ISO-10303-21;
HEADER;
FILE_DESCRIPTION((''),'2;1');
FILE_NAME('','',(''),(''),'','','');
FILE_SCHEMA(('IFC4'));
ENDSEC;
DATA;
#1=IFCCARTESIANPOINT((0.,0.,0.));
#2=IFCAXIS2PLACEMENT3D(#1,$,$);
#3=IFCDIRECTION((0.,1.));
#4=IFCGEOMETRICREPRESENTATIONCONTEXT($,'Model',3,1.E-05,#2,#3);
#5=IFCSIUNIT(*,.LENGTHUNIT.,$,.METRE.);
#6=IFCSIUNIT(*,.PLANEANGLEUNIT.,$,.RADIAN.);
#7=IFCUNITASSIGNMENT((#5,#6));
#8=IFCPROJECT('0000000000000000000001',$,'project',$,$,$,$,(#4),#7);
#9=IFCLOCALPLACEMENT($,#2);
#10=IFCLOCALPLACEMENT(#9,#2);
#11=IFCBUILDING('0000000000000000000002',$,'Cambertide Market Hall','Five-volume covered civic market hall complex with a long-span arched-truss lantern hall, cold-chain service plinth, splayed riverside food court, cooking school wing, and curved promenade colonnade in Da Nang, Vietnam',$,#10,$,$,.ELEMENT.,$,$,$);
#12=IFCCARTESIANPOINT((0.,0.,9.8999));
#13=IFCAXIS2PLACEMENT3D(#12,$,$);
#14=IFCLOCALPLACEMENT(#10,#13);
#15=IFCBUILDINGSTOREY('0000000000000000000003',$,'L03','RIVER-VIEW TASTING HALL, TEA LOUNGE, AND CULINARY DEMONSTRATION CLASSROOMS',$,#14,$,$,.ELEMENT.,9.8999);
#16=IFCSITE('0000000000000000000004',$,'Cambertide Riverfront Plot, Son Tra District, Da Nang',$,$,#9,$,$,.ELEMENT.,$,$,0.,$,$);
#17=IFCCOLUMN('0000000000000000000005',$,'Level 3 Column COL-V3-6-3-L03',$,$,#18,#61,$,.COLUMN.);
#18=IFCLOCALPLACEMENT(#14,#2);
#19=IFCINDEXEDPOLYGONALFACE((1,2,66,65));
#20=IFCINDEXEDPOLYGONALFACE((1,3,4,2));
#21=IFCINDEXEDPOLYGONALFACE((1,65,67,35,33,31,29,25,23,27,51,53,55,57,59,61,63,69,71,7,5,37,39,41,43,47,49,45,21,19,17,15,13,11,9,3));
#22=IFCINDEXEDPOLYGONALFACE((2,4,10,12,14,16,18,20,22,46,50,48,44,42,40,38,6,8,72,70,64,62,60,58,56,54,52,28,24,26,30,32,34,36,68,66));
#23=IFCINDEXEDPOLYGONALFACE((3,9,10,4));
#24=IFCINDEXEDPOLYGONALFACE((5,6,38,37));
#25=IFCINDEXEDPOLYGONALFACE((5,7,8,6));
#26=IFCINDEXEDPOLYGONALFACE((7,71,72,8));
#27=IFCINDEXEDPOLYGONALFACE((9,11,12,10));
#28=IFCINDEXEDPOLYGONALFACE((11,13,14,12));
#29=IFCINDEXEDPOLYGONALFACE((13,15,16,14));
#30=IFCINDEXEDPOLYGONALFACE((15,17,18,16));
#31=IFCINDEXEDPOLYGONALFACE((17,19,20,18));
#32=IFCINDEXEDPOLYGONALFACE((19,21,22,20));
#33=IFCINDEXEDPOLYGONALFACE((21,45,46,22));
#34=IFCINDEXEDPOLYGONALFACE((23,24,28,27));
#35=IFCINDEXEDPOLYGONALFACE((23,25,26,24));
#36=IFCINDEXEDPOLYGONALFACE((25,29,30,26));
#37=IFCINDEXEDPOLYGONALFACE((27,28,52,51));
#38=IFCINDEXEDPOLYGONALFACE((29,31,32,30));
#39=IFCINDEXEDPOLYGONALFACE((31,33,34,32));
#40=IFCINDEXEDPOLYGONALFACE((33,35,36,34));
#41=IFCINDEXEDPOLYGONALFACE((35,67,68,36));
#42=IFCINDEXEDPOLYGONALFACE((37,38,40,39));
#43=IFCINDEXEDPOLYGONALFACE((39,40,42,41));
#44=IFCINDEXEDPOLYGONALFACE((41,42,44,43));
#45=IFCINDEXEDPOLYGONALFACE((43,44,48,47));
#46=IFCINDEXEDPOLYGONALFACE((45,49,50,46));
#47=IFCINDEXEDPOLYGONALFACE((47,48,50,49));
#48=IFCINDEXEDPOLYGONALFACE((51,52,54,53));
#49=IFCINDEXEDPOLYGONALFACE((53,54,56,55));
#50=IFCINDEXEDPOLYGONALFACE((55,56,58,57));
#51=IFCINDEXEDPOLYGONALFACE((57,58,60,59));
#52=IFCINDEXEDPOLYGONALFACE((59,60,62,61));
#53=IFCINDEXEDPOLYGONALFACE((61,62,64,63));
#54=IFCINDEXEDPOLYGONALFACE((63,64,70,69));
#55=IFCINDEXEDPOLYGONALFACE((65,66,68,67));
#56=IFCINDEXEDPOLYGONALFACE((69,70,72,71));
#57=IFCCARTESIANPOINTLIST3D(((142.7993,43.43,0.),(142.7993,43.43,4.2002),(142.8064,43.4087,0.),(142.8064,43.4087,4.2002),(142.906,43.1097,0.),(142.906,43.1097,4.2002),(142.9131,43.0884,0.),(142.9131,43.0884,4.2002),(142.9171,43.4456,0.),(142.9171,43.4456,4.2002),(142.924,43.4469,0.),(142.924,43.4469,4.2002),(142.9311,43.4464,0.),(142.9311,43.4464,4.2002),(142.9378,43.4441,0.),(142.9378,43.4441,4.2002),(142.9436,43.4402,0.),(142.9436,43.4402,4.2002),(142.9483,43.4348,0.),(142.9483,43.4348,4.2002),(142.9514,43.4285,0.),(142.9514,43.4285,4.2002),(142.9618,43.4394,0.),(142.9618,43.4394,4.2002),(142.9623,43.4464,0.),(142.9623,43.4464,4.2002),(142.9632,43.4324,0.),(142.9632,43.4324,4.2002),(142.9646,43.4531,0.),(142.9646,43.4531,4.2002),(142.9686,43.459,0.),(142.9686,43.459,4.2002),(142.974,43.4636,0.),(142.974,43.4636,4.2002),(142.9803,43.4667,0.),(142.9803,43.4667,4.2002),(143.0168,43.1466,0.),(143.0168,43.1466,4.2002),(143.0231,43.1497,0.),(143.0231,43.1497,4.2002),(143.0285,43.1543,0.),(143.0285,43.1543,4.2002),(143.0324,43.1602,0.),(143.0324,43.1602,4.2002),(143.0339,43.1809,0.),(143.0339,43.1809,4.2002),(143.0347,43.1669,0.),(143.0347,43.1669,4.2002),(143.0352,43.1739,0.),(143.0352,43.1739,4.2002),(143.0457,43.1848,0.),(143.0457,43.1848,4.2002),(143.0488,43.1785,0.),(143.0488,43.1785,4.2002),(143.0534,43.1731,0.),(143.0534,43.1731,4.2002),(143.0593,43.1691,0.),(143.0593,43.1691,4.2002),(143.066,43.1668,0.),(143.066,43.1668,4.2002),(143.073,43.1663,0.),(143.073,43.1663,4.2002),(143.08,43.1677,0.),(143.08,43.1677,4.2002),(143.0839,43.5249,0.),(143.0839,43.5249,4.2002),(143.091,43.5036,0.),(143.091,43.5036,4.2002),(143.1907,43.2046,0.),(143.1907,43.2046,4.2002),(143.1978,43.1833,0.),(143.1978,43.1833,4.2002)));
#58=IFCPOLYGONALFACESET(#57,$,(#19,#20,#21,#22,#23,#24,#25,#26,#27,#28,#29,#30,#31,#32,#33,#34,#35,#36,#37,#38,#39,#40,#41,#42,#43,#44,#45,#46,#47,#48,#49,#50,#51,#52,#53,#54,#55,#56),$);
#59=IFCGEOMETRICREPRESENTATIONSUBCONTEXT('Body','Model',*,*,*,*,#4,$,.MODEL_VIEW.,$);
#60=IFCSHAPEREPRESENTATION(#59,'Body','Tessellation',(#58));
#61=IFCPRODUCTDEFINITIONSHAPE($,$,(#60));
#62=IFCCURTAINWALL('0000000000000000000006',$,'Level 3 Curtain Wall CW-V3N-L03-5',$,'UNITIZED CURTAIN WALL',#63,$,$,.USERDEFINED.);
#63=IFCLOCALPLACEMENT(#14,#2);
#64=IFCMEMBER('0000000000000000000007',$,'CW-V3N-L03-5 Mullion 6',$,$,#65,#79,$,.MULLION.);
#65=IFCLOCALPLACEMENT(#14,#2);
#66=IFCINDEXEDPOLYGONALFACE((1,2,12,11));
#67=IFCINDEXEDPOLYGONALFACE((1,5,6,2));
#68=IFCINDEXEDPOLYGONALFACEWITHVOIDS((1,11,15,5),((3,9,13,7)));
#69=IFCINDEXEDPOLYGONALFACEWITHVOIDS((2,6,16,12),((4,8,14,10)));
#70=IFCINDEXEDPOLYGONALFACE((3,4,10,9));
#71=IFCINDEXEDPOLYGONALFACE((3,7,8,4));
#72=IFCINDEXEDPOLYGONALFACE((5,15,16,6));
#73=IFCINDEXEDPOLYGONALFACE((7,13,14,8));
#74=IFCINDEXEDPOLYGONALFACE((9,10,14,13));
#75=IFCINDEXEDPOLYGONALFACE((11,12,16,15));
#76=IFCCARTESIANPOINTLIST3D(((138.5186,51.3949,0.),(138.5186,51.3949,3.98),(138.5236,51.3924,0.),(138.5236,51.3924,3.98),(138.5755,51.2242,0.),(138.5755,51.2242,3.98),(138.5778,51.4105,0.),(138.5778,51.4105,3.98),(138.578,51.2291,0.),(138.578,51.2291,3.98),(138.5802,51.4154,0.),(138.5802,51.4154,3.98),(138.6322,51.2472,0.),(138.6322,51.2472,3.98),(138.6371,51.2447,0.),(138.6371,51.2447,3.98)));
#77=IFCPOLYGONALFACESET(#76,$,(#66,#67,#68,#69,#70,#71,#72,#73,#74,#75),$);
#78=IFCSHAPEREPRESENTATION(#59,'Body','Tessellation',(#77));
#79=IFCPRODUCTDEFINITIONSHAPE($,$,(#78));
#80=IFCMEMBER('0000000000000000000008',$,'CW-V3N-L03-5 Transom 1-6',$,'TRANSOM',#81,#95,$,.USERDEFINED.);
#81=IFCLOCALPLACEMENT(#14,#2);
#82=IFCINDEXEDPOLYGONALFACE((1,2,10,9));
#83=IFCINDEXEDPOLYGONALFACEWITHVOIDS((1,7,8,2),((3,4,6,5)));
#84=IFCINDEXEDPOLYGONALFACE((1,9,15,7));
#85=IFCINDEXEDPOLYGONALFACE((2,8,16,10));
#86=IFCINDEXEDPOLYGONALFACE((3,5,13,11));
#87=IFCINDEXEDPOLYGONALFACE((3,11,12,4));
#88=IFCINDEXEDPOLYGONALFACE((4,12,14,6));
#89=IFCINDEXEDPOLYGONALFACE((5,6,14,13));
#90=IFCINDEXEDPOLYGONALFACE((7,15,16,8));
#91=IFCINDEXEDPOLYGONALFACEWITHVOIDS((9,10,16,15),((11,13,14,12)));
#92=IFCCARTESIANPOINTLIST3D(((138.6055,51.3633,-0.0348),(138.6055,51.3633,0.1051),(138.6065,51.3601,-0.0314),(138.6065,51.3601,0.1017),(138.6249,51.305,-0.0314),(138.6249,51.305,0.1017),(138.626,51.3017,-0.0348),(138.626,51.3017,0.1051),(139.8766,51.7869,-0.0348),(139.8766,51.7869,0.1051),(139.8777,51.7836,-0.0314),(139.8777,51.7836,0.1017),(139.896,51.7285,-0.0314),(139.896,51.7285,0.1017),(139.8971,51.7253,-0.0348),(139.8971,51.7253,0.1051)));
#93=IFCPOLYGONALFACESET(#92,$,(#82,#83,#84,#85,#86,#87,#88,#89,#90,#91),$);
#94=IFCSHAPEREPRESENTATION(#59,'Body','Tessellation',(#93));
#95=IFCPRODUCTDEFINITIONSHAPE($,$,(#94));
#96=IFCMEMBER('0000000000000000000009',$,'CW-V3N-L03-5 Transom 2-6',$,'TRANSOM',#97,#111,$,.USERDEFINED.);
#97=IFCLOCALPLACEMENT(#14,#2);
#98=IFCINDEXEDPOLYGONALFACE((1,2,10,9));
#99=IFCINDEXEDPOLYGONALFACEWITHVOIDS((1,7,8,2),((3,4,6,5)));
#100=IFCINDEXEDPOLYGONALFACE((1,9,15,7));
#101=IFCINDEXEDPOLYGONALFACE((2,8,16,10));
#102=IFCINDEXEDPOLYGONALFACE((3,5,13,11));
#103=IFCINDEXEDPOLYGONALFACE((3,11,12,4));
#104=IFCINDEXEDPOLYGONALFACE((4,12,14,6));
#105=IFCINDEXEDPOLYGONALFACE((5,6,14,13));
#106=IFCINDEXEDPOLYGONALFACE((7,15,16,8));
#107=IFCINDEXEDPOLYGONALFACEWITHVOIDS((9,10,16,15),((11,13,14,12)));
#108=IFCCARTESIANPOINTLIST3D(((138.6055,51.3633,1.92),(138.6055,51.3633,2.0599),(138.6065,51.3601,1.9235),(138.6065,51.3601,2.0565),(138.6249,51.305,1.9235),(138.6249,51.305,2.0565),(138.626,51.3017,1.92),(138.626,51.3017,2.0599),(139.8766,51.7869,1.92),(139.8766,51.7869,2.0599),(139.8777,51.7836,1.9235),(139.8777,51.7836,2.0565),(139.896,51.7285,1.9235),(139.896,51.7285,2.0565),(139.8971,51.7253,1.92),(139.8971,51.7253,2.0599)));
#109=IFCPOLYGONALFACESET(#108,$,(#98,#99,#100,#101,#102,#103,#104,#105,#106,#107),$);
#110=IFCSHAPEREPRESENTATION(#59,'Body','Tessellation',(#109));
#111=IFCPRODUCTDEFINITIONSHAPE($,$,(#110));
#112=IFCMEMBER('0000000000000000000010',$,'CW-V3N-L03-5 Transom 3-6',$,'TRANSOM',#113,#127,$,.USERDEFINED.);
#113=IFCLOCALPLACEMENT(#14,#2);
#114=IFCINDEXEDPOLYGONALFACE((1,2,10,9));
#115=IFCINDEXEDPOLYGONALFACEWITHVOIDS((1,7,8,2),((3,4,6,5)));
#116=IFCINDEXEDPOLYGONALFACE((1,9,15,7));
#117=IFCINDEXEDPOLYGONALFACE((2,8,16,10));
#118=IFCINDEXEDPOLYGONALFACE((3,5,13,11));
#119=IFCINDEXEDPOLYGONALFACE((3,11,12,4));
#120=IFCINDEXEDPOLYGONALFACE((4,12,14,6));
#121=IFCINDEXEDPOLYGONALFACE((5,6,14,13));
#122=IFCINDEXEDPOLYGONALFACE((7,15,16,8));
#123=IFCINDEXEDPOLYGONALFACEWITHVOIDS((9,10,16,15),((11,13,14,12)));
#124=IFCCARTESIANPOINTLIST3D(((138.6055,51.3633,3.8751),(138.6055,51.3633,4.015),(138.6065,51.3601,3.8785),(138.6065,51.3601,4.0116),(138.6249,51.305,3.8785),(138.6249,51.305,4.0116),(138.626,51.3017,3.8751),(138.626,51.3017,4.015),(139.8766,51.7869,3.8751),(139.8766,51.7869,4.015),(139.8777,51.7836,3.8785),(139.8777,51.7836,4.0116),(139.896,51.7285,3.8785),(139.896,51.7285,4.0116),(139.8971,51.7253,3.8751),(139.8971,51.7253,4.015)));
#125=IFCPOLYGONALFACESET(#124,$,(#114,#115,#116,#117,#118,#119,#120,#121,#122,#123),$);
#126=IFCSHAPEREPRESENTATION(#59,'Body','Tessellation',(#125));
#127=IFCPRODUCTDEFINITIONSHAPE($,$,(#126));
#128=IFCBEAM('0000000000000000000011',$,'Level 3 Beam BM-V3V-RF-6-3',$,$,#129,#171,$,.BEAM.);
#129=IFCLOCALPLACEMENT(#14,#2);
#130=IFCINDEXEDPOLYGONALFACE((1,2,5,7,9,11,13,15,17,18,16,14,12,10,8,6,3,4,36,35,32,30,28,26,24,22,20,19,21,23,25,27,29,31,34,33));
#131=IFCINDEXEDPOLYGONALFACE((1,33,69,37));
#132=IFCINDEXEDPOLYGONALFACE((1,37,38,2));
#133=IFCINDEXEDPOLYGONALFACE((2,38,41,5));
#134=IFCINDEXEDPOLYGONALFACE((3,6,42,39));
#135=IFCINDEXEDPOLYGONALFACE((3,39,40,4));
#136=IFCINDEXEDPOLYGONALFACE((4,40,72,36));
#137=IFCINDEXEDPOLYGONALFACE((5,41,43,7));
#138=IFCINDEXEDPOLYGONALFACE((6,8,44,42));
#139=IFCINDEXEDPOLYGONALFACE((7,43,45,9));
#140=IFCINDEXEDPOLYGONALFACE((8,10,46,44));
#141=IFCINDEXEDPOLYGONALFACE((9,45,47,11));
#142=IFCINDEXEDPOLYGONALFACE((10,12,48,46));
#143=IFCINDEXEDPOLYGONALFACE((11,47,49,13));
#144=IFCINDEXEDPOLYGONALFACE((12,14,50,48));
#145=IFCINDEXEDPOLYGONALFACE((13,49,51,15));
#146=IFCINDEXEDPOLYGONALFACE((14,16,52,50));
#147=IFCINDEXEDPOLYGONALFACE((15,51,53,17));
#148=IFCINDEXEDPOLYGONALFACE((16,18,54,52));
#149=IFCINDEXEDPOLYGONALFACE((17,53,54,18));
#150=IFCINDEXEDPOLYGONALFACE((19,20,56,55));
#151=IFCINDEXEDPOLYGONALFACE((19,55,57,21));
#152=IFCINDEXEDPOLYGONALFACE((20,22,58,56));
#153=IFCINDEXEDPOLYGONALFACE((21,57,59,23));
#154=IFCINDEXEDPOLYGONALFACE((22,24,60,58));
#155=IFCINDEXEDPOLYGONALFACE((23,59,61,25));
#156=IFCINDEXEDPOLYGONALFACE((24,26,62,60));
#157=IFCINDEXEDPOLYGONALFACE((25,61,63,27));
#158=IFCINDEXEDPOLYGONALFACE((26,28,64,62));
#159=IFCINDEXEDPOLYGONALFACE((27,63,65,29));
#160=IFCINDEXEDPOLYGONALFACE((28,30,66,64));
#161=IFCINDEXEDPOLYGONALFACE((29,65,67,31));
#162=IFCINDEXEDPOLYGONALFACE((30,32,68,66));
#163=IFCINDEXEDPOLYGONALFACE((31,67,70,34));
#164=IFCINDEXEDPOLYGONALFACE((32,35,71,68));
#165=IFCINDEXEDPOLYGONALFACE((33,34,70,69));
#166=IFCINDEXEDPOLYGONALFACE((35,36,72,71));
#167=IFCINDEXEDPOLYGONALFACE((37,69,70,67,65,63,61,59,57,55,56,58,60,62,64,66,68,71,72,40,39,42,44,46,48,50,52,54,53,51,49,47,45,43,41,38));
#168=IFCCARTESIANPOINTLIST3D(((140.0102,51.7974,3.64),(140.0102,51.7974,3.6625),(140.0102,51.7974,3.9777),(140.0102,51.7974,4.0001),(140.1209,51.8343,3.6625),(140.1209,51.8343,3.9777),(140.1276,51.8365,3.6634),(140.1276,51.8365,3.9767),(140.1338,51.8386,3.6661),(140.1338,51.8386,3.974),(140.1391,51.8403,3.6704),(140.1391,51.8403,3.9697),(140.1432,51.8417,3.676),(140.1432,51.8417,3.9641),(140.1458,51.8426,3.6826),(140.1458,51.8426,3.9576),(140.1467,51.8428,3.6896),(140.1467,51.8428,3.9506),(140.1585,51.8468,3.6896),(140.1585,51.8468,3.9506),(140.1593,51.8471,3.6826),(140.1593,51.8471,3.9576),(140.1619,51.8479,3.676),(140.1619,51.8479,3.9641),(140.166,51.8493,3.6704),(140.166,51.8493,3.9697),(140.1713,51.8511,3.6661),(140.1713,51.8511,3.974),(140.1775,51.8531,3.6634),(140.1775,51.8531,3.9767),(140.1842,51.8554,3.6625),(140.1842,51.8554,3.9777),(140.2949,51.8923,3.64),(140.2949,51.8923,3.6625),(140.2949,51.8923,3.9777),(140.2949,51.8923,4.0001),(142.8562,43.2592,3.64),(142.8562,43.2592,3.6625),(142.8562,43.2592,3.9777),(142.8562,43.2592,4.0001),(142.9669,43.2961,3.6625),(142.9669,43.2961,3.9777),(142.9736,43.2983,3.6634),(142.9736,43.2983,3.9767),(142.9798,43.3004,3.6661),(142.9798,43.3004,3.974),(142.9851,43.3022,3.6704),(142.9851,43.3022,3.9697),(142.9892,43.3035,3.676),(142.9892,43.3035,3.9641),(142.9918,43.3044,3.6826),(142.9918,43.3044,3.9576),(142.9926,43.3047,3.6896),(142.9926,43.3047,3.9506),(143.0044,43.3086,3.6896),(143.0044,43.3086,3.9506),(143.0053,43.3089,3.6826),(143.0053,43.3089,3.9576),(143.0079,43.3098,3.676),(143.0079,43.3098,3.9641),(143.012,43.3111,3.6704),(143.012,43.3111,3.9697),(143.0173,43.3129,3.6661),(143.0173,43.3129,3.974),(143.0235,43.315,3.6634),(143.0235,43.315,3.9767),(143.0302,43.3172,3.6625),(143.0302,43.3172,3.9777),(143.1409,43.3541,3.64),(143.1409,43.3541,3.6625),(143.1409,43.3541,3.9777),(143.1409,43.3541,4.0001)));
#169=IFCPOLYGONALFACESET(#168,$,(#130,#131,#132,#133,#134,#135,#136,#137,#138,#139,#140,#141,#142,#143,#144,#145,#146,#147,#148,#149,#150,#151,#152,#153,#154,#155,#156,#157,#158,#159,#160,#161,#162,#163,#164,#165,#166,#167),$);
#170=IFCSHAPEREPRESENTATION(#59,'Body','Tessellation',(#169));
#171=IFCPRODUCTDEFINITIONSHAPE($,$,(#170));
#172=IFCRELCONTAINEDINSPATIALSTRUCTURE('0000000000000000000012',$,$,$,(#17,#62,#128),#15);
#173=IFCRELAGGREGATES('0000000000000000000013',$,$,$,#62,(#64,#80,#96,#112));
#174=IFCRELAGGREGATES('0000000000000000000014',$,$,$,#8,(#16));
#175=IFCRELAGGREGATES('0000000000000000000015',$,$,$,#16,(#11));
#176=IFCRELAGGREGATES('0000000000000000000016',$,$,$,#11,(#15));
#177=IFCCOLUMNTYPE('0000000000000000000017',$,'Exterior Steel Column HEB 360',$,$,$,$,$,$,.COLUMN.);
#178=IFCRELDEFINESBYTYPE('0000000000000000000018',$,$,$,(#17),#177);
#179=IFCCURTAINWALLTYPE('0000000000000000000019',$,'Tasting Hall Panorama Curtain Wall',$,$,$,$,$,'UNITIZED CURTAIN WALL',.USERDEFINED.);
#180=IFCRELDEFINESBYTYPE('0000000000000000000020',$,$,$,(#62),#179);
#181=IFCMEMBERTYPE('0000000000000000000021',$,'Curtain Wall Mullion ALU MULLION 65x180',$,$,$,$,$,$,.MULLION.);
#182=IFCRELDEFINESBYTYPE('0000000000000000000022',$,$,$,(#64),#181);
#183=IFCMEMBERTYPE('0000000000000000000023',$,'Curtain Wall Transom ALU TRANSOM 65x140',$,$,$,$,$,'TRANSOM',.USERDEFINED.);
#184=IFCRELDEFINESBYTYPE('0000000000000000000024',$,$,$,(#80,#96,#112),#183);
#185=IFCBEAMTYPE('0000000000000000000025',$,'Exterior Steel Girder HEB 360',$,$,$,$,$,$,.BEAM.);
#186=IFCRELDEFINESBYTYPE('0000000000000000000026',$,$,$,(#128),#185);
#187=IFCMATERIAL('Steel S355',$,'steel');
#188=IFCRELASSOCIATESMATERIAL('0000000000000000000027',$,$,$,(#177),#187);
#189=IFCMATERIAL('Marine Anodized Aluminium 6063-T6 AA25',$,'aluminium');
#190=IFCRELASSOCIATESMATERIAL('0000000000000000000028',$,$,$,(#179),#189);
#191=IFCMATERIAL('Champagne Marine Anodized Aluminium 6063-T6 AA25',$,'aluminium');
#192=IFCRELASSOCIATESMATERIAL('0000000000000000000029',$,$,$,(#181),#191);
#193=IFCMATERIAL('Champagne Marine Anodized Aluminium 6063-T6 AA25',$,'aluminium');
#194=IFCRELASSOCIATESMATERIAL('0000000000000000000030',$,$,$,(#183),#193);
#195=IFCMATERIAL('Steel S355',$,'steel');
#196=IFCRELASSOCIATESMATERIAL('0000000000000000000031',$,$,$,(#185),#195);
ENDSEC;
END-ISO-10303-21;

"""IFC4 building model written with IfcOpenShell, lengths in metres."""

from ifc_helpers import new_model, si_unit, direction, frame, origin, origin_2d, place, context, subcontext, project, spatial, hollow_rectangle, i_section, extrude, material, material_profile, profile_set, type_object, element, aggregate, save


model = new_model("IFC4")

# Units and contexts
model_context = context("Model", 3, precision=1e-05, world=origin(), true_north=direction((0.0, 1.0)))
body_context = subcontext(model_context, "Body", "Model", "MODEL_VIEW")
ifc_project = project(units=[si_unit("LENGTHUNIT", "METRE"), si_unit("PLANEANGLEUNIT", "RADIAN")], contexts=[model_context])

# Site, building, storey
site_placement = place(None, origin())
site = spatial("IfcSite", under=ifc_project, at=site_placement, Name="Cambertide Riverfront Plot, Son Tra District, Da Nang", CompositionType="ELEMENT", RefElevation=0.0)
building_placement = place(site_placement, origin())
building = spatial("IfcBuilding", under=site, at=building_placement, Name="Cambertide Market Hall", Description="Five-volume covered civic market hall complex with a long-span arched-truss lantern hall, cold-chain service plinth, splayed riverside food court, cooking school wing, and curved promenade colonnade in Da Nang, Vietnam", CompositionType="ELEMENT")
storey_placement = place(building_placement, frame((0.0, 0.0, 9.8999)))
storey = spatial("IfcBuildingStorey", under=building, at=storey_placement, Name="L03", Description="RIVER-VIEW TASTING HALL, TEA LOUNGE, AND CULINARY DEMONSTRATION CLASSROOMS", CompositionType="ELEMENT", Elevation=9.8999)

# Column
ifc_material_1 = material(Name="Steel S355", Category="steel")
ifc_material_profile_1 = material_profile(ifc_material_1, i_section(OverallWidth=0.3, OverallDepth=0.3601, WebThickness=0.0125, FlangeThickness=0.0225, FilletRadius=0.0271, at=origin_2d()), Name="HEB 360")
ifc_profile_set_1 = profile_set([ifc_material_profile_1], Name="Steel S355")
column_type = type_object("IfcColumnType", Name="Exterior Steel Column HEB 360", PredefinedType="COLUMN", material=ifc_profile_set_1)
column_placement = place(storey_placement, frame((142.9985, 43.3066, 0.0), z_axis=(0.0, 0.0, 1.0), x_axis=(0.948683, 0.316228, 0.0)))
element("IfcColumn", 1, at=column_placement, inside=storey, type_object=column_type, Name="Level 3 Column COL-V3-6-3-L03", PredefinedType="COLUMN", context=body_context, shape_type="SweptSolid", body=[
    extrude(i_section(OverallWidth=0.3, OverallDepth=0.3601, WebThickness=0.0125, FlangeThickness=0.0225, FilletRadius=0.0271, at=origin_2d()), origin(), (0.0, 0.0, 1.0), 4.2002),
])

# Curtain wall, members
ifc_material_2 = material(Name="Marine Anodized Aluminium 6063-T6 AA25", Category="aluminium")
curtain_wall_type = type_object("IfcCurtainWallType", Name="Tasting Hall Panorama Curtain Wall", ElementType="UNITIZED CURTAIN WALL", PredefinedType="USERDEFINED", material=ifc_material_2)
curtain_wall_placement = place(storey_placement, origin())
curtain_wall = element("IfcCurtainWall", 2, at=curtain_wall_placement, inside=storey, type_object=curtain_wall_type, Name="Level 3 Curtain Wall CW-V3N-L03-5", ObjectType="UNITIZED CURTAIN WALL", PredefinedType="USERDEFINED")
ifc_material_3 = material(Name="Champagne Marine Anodized Aluminium 6063-T6 AA25", Category="aluminium")
ifc_material_profile_2 = material_profile(ifc_material_3, hollow_rectangle(XDim=0.0649, YDim=0.1799, WallThickness=0.0039, at=origin_2d()), Name="ALU MULLION 65x180")
ifc_profile_set_2 = profile_set([ifc_material_profile_2], Name="Champagne Marine Anodized Aluminium 6063-T6 AA25")
member_type_1 = type_object("IfcMemberType", Name="Curtain Wall Mullion ALU MULLION 65x180", PredefinedType="MULLION", material=ifc_profile_set_2)
member_1_placement = place(storey_placement, frame((138.5779, 51.3198, 0.0), z_axis=(0.0, 0.0, 1.0), x_axis=(0.948683, 0.316228, 0.0)))
member_1 = element("IfcMember", 3, at=member_1_placement, type_object=member_type_1, Name="CW-V3N-L03-5 Mullion 6", PredefinedType="MULLION", context=body_context, shape_type="SweptSolid", body=[
    extrude(hollow_rectangle(XDim=0.0649, YDim=0.1799, WallThickness=0.0039, at=origin_2d()), origin(), (0.0, 0.0, 1.0), 3.98),
])
ifc_material_4 = material(Name="Champagne Marine Anodized Aluminium 6063-T6 AA25", Category="aluminium")
ifc_material_profile_3 = material_profile(ifc_material_4, hollow_rectangle(XDim=0.0649, YDim=0.1399, WallThickness=0.0034, at=origin_2d()), Name="ALU TRANSOM 65x140")
ifc_profile_set_3 = profile_set([ifc_material_profile_3], Name="Champagne Marine Anodized Aluminium 6063-T6 AA25")
member_type_2 = type_object("IfcMemberType", Name="Curtain Wall Transom ALU TRANSOM 65x140", ElementType="TRANSOM", PredefinedType="USERDEFINED", material=ifc_profile_set_3)
member_2_placement = place(storey_placement, frame((138.6157, 51.3325, 0.0352), z_axis=(0.94872, 0.316118, 0.0), x_axis=(-0.316118, 0.94872, 0.0)))
member_2 = element("IfcMember", 4, at=member_2_placement, type_object=member_type_2, Name="CW-V3N-L03-5 Transom 1-6", ObjectType="TRANSOM", PredefinedType="USERDEFINED", context=body_context, shape_type="SweptSolid", body=[
    extrude(hollow_rectangle(XDim=0.0649, YDim=0.1399, WallThickness=0.0034, at=origin_2d()), origin(), (0.0, 0.0, 1.0), 1.3398),
])
member_3_placement = place(storey_placement, frame((138.6157, 51.3325, 1.99), z_axis=(0.94872, 0.316118, 0.0), x_axis=(-0.316118, 0.94872, 0.0)))
member_3 = element("IfcMember", 5, at=member_3_placement, type_object=member_type_2, Name="CW-V3N-L03-5 Transom 2-6", ObjectType="TRANSOM", PredefinedType="USERDEFINED", context=body_context, shape_type="SweptSolid", body=[
    extrude(hollow_rectangle(XDim=0.0649, YDim=0.1399, WallThickness=0.0034, at=origin_2d()), origin(), (0.0, 0.0, 1.0), 1.3398),
])
member_4_placement = place(storey_placement, frame((138.6157, 51.3325, 3.9451), z_axis=(0.94872, 0.316118, 0.0), x_axis=(-0.316118, 0.94872, 0.0)))
member_4 = element("IfcMember", 6, at=member_4_placement, type_object=member_type_2, Name="CW-V3N-L03-5 Transom 3-6", ObjectType="TRANSOM", PredefinedType="USERDEFINED", context=body_context, shape_type="SweptSolid", body=[
    extrude(hollow_rectangle(XDim=0.0649, YDim=0.1399, WallThickness=0.0034, at=origin_2d()), origin(), (0.0, 0.0, 1.0), 1.3398),
])

# Beam
ifc_material_5 = material(Name="Steel S355", Category="steel")
ifc_material_profile_4 = material_profile(ifc_material_5, i_section(OverallWidth=0.3, OverallDepth=0.3601, WebThickness=0.0125, FlangeThickness=0.0225, FilletRadius=0.0271, at=origin_2d()), Name="HEB 360")
ifc_profile_set_4 = profile_set([ifc_material_profile_4], Name="Steel S355")
beam_type_1 = type_object("IfcBeamType", Name="Exterior Steel Girder HEB 360", PredefinedType="BEAM", material=ifc_profile_set_4)
beam_1_placement = place(storey_placement, frame((142.9985, 43.3066, 3.8201), z_axis=(-0.31622, 0.948686, 0.0), x_axis=(-0.948686, -0.31622, 0.0)))
element("IfcBeam", 7, at=beam_1_placement, inside=storey, type_object=beam_type_1, Name="Level 3 Beam BM-V3V-RF-6-3", PredefinedType="BEAM", context=body_context, shape_type="SweptSolid", body=[
    extrude(i_section(OverallWidth=0.3, OverallDepth=0.3601, WebThickness=0.0125, FlangeThickness=0.0225, FilletRadius=0.0271, at=origin_2d()), origin(), (0.0, 0.0, 1.0), 9.0),
])

aggregate(curtain_wall, [member_1, member_2, member_3, member_4])

save(model, "model.ifc")
